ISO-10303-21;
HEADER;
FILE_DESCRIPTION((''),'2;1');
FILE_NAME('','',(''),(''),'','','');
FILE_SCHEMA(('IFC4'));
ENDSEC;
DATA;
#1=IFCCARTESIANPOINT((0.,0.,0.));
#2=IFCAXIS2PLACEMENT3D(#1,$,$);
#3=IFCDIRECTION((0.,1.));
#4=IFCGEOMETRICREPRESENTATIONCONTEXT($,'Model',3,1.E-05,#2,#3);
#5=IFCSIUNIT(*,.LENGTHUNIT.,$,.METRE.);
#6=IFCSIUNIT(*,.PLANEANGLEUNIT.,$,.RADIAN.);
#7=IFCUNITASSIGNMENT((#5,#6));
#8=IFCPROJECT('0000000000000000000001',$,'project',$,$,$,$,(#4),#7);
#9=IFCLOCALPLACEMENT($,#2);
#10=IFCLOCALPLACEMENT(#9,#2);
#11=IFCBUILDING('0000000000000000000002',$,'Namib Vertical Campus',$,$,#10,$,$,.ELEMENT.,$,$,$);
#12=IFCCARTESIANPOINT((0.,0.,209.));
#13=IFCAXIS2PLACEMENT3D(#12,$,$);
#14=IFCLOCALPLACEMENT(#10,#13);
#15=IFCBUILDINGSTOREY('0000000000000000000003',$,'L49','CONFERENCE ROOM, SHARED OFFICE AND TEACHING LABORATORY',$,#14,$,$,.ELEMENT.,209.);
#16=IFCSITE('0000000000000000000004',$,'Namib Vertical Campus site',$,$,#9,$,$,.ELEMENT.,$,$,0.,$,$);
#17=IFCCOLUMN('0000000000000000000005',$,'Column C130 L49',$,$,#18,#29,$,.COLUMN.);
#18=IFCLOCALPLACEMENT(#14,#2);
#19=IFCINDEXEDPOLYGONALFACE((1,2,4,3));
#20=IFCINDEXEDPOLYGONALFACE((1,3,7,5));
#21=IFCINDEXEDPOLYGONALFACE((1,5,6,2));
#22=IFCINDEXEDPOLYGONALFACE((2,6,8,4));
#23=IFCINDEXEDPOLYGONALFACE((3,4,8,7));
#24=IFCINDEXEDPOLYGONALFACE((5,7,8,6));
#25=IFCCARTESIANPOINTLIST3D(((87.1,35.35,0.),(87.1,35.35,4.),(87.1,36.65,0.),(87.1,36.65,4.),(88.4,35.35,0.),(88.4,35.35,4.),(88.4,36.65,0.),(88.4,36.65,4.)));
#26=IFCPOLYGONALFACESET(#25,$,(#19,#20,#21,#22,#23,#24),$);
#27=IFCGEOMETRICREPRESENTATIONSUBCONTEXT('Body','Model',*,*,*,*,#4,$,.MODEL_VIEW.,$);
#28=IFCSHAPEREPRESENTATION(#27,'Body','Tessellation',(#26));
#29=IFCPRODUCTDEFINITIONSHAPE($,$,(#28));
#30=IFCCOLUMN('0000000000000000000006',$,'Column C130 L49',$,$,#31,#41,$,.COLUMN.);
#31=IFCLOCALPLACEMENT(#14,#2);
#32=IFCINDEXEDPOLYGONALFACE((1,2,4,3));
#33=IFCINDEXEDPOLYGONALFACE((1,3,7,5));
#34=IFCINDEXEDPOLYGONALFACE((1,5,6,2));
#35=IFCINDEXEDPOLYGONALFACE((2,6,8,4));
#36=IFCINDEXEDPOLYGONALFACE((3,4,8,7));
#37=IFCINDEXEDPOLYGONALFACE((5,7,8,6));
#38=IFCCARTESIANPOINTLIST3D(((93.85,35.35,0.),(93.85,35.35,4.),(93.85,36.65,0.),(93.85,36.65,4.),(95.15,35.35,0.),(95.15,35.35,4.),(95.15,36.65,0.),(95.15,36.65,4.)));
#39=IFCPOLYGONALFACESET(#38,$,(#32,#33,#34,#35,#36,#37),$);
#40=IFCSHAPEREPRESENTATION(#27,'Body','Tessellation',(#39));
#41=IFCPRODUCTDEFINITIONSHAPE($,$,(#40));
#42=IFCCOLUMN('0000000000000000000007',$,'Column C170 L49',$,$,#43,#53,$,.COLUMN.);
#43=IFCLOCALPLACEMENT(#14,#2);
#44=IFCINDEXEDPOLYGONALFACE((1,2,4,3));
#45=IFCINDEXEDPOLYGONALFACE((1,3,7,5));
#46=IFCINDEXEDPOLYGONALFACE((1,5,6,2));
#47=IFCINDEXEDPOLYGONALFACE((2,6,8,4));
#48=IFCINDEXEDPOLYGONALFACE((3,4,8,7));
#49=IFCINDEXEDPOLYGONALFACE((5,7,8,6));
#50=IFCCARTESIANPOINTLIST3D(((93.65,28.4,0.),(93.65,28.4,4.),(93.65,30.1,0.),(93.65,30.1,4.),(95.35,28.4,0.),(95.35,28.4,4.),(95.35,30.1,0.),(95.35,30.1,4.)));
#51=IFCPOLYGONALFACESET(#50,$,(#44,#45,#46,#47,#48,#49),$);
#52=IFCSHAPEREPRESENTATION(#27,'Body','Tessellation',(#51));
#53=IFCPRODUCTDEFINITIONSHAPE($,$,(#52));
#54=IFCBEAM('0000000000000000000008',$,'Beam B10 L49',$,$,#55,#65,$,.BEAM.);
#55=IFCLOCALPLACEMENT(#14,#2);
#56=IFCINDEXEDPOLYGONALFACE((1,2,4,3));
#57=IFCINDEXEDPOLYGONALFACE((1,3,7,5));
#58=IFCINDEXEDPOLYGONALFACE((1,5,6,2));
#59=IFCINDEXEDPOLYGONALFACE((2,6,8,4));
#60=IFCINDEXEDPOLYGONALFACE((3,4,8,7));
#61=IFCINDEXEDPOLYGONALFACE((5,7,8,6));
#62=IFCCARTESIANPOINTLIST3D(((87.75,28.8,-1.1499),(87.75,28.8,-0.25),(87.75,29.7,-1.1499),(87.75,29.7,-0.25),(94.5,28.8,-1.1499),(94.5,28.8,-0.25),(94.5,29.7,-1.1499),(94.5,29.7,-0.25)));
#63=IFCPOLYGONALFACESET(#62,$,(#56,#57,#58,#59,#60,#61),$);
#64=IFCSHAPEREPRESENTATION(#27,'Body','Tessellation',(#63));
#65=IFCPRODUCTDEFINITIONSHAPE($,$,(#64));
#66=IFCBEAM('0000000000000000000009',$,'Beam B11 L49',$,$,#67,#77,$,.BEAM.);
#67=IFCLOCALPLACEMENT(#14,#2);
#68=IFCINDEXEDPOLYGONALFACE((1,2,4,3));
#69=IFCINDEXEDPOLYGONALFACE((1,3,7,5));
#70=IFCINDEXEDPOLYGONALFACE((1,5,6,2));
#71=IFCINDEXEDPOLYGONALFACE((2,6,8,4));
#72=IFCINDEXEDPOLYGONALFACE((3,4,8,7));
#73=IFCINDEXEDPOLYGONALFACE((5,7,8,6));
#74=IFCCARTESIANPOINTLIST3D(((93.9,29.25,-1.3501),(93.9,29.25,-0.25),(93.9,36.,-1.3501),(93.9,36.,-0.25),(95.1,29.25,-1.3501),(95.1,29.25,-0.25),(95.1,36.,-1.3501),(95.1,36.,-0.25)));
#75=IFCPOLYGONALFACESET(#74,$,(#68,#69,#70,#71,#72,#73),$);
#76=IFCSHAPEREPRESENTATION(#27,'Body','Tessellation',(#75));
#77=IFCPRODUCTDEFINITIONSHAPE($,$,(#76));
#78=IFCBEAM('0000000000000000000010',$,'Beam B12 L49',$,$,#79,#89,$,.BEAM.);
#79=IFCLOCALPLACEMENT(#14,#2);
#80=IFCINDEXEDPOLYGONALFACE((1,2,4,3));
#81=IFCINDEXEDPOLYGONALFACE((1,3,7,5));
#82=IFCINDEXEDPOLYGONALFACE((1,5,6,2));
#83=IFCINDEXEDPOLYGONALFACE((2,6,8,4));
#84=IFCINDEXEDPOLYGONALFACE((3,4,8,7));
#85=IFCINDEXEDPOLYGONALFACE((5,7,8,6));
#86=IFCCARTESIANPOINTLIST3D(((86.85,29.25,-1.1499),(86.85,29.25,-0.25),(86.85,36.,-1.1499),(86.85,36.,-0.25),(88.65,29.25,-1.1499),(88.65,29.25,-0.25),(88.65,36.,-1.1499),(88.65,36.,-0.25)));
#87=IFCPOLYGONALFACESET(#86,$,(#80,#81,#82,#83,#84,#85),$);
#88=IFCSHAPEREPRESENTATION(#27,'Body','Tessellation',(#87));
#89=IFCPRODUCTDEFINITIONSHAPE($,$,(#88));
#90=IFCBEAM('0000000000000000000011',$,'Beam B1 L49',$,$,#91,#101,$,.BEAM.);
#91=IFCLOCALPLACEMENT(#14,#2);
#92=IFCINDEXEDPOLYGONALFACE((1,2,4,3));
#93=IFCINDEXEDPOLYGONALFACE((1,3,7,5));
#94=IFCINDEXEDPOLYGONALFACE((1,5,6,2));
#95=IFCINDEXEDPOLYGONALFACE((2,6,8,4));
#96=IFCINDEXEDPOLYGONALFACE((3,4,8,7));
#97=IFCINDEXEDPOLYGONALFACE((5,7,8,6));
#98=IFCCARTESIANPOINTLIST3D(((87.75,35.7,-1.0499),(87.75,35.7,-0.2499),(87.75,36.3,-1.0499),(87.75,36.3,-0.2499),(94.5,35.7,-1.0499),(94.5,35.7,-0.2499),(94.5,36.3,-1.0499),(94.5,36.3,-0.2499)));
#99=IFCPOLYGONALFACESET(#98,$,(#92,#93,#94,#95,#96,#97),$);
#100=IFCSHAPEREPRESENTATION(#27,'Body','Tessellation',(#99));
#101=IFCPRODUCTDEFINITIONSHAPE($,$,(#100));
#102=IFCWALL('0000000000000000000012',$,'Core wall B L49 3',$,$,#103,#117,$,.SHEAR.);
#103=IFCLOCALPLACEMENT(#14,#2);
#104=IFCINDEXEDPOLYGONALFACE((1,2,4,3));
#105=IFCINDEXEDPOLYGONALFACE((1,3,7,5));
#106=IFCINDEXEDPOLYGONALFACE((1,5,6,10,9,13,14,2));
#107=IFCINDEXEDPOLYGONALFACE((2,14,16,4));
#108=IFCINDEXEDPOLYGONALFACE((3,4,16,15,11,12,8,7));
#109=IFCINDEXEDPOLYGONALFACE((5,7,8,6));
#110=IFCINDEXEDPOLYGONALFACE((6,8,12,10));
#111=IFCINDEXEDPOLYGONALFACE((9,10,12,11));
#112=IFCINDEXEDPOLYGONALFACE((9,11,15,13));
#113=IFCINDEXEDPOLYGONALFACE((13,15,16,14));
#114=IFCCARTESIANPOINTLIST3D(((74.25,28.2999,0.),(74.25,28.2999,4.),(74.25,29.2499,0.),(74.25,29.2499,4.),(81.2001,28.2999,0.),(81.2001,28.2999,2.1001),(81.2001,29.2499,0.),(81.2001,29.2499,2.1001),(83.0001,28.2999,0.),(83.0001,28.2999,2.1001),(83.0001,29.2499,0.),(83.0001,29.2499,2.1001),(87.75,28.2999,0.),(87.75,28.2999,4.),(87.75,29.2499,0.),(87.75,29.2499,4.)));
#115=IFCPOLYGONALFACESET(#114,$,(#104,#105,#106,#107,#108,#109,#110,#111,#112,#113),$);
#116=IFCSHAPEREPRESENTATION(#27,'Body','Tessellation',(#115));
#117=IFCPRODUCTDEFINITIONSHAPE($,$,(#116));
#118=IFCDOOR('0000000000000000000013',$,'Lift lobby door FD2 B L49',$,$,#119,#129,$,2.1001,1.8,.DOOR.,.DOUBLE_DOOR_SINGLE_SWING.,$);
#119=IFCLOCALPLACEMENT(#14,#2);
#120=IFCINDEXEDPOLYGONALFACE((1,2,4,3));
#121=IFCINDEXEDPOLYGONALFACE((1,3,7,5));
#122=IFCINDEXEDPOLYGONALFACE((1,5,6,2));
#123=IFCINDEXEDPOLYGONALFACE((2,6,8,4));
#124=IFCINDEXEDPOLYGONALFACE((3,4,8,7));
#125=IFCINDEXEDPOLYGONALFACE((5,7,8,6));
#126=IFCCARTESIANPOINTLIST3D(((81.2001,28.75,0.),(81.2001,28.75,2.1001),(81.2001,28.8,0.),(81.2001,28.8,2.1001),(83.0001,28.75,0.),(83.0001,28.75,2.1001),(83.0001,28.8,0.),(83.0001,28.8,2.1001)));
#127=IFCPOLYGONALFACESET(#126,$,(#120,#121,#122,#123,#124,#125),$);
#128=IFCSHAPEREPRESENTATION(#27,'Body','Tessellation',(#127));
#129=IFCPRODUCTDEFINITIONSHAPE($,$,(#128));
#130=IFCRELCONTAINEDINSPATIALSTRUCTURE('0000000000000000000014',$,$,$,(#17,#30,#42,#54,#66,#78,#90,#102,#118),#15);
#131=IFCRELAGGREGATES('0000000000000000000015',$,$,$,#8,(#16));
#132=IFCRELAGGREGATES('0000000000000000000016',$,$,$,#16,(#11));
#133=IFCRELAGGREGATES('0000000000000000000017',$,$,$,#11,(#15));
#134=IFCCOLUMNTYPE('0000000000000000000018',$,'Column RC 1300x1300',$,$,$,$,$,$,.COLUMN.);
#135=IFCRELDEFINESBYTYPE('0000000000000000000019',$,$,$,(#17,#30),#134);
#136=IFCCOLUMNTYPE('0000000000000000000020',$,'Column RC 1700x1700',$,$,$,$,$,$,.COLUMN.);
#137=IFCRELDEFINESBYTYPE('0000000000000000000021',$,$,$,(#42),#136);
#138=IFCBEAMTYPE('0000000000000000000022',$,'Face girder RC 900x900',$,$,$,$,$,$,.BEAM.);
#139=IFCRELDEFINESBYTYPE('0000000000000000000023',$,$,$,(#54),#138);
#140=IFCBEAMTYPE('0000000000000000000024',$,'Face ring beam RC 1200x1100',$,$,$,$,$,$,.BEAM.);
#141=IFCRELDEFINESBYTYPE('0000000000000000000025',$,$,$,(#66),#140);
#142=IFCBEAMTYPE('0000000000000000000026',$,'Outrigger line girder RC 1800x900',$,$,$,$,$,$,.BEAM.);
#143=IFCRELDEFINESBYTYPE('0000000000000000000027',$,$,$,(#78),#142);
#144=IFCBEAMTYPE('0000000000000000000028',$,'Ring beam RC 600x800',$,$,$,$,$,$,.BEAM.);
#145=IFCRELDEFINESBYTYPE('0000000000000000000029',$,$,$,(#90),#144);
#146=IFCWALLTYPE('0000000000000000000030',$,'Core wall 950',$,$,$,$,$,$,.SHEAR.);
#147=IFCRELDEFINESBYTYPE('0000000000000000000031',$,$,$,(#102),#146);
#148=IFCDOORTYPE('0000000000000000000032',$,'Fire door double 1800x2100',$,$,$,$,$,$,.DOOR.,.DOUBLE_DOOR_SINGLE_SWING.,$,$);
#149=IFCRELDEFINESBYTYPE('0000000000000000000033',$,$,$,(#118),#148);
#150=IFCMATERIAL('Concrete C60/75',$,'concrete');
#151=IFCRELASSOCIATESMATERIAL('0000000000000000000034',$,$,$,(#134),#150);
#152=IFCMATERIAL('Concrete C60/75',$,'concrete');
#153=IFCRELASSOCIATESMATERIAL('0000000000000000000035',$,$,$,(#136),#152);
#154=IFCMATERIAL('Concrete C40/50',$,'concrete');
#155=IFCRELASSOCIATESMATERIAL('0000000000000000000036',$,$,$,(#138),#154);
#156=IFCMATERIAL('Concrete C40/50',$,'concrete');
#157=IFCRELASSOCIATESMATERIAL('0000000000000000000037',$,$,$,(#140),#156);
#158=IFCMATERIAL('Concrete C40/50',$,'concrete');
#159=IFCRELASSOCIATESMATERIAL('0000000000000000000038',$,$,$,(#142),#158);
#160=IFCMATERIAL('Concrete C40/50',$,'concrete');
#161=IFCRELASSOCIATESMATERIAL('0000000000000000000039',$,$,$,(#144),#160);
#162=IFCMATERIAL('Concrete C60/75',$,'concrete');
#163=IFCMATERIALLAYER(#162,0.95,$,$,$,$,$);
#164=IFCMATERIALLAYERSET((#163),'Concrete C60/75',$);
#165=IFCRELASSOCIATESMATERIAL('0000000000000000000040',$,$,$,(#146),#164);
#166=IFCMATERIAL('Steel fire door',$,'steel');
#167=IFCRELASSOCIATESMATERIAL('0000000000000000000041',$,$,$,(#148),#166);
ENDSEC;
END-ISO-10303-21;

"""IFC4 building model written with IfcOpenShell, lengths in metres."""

from ifc_helpers import new_model, si_unit, direction, frame, frame_2d, origin, origin_2d, place, context, subcontext, project, spatial, rectangle, extrude, material, layer, layer_set, material_profile, profile_set, type_object, element, fill, save


model = new_model("IFC4")

# Units and contexts
model_context = context("Model", 3, precision=1e-05, world=origin(), true_north=direction((0.0, 1.0)))
body_context = subcontext(model_context, "Body", "Model", "MODEL_VIEW")
ifc_project = project(units=[si_unit("LENGTHUNIT", "METRE"), si_unit("PLANEANGLEUNIT", "RADIAN")], contexts=[model_context])

# Site, building, storey
site_placement = place(None, origin())
site = spatial("IfcSite", under=ifc_project, at=site_placement, Name="Namib Vertical Campus site", CompositionType="ELEMENT", RefElevation=0.0)
building_placement = place(site_placement, origin())
building = spatial("IfcBuilding", under=site, at=building_placement, Name="Namib Vertical Campus", CompositionType="ELEMENT")
storey_placement = place(building_placement, frame((0.0, 0.0, 209.0)))
storey = spatial("IfcBuildingStorey", under=building, at=storey_placement, Name="L49", Description="CONFERENCE ROOM, SHARED OFFICE AND TEACHING LABORATORY", CompositionType="ELEMENT", Elevation=209.0)

# Columns
ifc_material_1 = material(Name="Concrete C60/75", Category="concrete")
ifc_material_profile_1 = material_profile(ifc_material_1, rectangle(XDim=1.3, YDim=1.3, at=origin_2d()))
ifc_profile_set_1 = profile_set([ifc_material_profile_1], Name="Concrete C60/75")
column_type_1 = type_object("IfcColumnType", Name="Column RC 1300x1300", PredefinedType="COLUMN", material=ifc_profile_set_1)
for number, where, z_axis, x_axis, name in (
    (1, (87.75, 36.0, 0.0), (0.0, 0.0, 1.0), (1.0, 0.0, 0.0), "Column C130 L49"),
    (2, (94.5, 36.0, 0.0), (0.0, 0.0, 1.0), (1.0, 0.0, 0.0), "Column C130 L49"),
):
    element("IfcColumn", number, at=place(storey_placement, frame(where, z_axis=z_axis, x_axis=x_axis)), inside=storey, type_object=column_type_1, Name=name, PredefinedType="COLUMN", context=body_context, shape_type="SweptSolid", body=[
        extrude(rectangle(XDim=1.3, YDim=1.3, at=origin_2d()), origin(), (0.0, 0.0, 1.0), 4.0),
    ])
ifc_material_2 = material(Name="Concrete C60/75", Category="concrete")
ifc_material_profile_2 = material_profile(ifc_material_2, rectangle(XDim=1.7, YDim=1.7, at=origin_2d()))
ifc_profile_set_2 = profile_set([ifc_material_profile_2], Name="Concrete C60/75")
column_type_2 = type_object("IfcColumnType", Name="Column RC 1700x1700", PredefinedType="COLUMN", material=ifc_profile_set_2)
column_placement = place(storey_placement, frame((94.5, 29.25, 0.0), z_axis=(0.0, 0.0, 1.0), x_axis=(1.0, 0.0, 0.0)))
element("IfcColumn", 3, at=column_placement, inside=storey, type_object=column_type_2, Name="Column C170 L49", PredefinedType="COLUMN", context=body_context, shape_type="SweptSolid", body=[
    extrude(rectangle(XDim=1.7, YDim=1.7, at=origin_2d()), origin(), (0.0, 0.0, 1.0), 4.0),
])

# Beams
ifc_material_3 = material(Name="Concrete C40/50", Category="concrete")
ifc_material_profile_3 = material_profile(ifc_material_3, rectangle(XDim=0.8999, YDim=0.8999, at=origin_2d()))
ifc_profile_set_3 = profile_set([ifc_material_profile_3], Name="Concrete C40/50")
beam_type_1 = type_object("IfcBeamType", Name="Face girder RC 900x900", PredefinedType="BEAM", material=ifc_profile_set_3)
beam_1_placement = place(storey_placement, frame((94.5, 29.25, -0.7), z_axis=(-1.0, 0.0, 0.0), x_axis=(0.0, -1.0, 0.0)))
element("IfcBeam", 4, at=beam_1_placement, inside=storey, type_object=beam_type_1, Name="Beam B10 L49", PredefinedType="BEAM", context=body_context, shape_type="SweptSolid", body=[
    extrude(rectangle(XDim=0.8999, YDim=0.8999, at=origin_2d()), origin(), (0.0, 0.0, 1.0), 6.75),
])
ifc_material_4 = material(Name="Concrete C40/50", Category="concrete")
ifc_material_profile_4 = material_profile(ifc_material_4, rectangle(XDim=1.2, YDim=1.1001, at=origin_2d()))
ifc_profile_set_4 = profile_set([ifc_material_profile_4], Name="Concrete C40/50")
beam_type_2 = type_object("IfcBeamType", Name="Face ring beam RC 1200x1100", PredefinedType="BEAM", material=ifc_profile_set_4)
beam_2_placement = place(storey_placement, frame((94.5, 29.25, -0.8), z_axis=(0.0, 1.0, 0.0), x_axis=(-1.0, 0.0, 0.0)))
element("IfcBeam", 5, at=beam_2_placement, inside=storey, type_object=beam_type_2, Name="Beam B11 L49", PredefinedType="BEAM", context=body_context, shape_type="SweptSolid", body=[
    extrude(rectangle(XDim=1.2, YDim=1.1001, at=origin_2d()), origin(), (0.0, 0.0, 1.0), 6.75),
])
ifc_material_5 = material(Name="Concrete C40/50", Category="concrete")
ifc_material_profile_5 = material_profile(ifc_material_5, rectangle(XDim=1.8, YDim=0.8999, at=origin_2d()))
ifc_profile_set_5 = profile_set([ifc_material_profile_5], Name="Concrete C40/50")
beam_type_3 = type_object("IfcBeamType", Name="Outrigger line girder RC 1800x900", PredefinedType="BEAM", material=ifc_profile_set_5)
beam_3_placement = place(storey_placement, frame((87.75, 36.0, -0.7), z_axis=(0.0, -1.0, 0.0), x_axis=(1.0, 0.0, 0.0)))
element("IfcBeam", 6, at=beam_3_placement, inside=storey, type_object=beam_type_3, Name="Beam B12 L49", PredefinedType="BEAM", context=body_context, shape_type="SweptSolid", body=[
    extrude(rectangle(XDim=1.8, YDim=0.8999, at=origin_2d()), origin(), (0.0, 0.0, 1.0), 6.75),
])
ifc_material_6 = material(Name="Concrete C40/50", Category="concrete")
ifc_material_profile_6 = material_profile(ifc_material_6, rectangle(XDim=0.6001, YDim=0.8, at=origin_2d()))
ifc_profile_set_6 = profile_set([ifc_material_profile_6], Name="Concrete C40/50")
beam_type_4 = type_object("IfcBeamType", Name="Ring beam RC 600x800", PredefinedType="BEAM", material=ifc_profile_set_6)
beam_4_placement = place(storey_placement, frame((87.75, 36.0, -0.6499), z_axis=(1.0, 0.0, 0.0), x_axis=(0.0, 1.0, 0.0)))
element("IfcBeam", 7, at=beam_4_placement, inside=storey, type_object=beam_type_4, Name="Beam B1 L49", PredefinedType="BEAM", context=body_context, shape_type="SweptSolid", body=[
    extrude(rectangle(XDim=0.6001, YDim=0.8, at=origin_2d()), origin(), (0.0, 0.0, 1.0), 6.75),
])

# Wall, opening, door
ifc_material_7 = material(Name="Concrete C60/75", Category="concrete")
ifc_layer_1 = layer(ifc_material_7, 0.95)
ifc_layer_set_1 = layer_set([ifc_layer_1], Name="Concrete C60/75")
wall_type_1 = type_object("IfcWallType", Name="Core wall 950", PredefinedType="SHEAR", material=ifc_layer_set_1)
wall_1_placement = place(storey_placement, frame((87.75, 28.7749, 0.0), z_axis=(0.0, 0.0, 1.0), x_axis=(-1.0, 0.0, 0.0)))
wall_1 = element("IfcWall", 8, at=wall_1_placement, inside=storey, type_object=wall_type_1, Name="Core wall B L49 3", PredefinedType="SHEAR", context=body_context, shape_type="SweptSolid", body=[
    extrude(rectangle(XDim=13.5, YDim=0.95, at=frame_2d((6.75, 0.0))), origin(), (0.0, 0.0, 1.0), 4.0),
])
opening_1_placement = place(wall_1_placement, frame((4.75, 0.0, 0.0)))
opening_1 = element("IfcOpeningElement", 9, at=opening_1_placement, cuts=wall_1, PredefinedType="OPENING", context=body_context, shape_type="SweptSolid", body=[
    extrude(rectangle(XDim=1.8, YDim=2.1001, at=frame_2d((0.8999, 1.05))), frame((0.0, 0.4849, 0.0), z_axis=(0.0, -1.0, 0.0), x_axis=(1.0, 0.0, 0.0)), (0.0, 0.0, 1.0), 0.97),
])
ifc_material_8 = material(Name="Steel fire door", Category="steel")
door_type_1 = type_object("IfcDoorType", Name="Fire door double 1800x2100", OperationType="DOUBLE_DOOR_SINGLE_SWING", PredefinedType="DOOR", material=ifc_material_8)
door_1_placement = place(opening_1_placement, origin())
door_1 = element("IfcDoor", 10, at=door_1_placement, inside=storey, type_object=door_type_1, Name="Lift lobby door FD2 B L49", OperationType="DOUBLE_DOOR_SINGLE_SWING", OverallHeight=2.1001, OverallWidth=1.8, PredefinedType="DOOR", context=body_context, shape_type="SweptSolid", body=[
    extrude(rectangle(XDim=1.8, YDim=2.1001, at=frame_2d((0.8999, 1.05))), frame((0.0, 0.0249, 0.0), z_axis=(0.0, -1.0, 0.0), x_axis=(1.0, 0.0, 0.0)), (0.0, 0.0, 1.0), 0.05),
])
fill(opening_1, door_1)

save(model, "model.ifc")
